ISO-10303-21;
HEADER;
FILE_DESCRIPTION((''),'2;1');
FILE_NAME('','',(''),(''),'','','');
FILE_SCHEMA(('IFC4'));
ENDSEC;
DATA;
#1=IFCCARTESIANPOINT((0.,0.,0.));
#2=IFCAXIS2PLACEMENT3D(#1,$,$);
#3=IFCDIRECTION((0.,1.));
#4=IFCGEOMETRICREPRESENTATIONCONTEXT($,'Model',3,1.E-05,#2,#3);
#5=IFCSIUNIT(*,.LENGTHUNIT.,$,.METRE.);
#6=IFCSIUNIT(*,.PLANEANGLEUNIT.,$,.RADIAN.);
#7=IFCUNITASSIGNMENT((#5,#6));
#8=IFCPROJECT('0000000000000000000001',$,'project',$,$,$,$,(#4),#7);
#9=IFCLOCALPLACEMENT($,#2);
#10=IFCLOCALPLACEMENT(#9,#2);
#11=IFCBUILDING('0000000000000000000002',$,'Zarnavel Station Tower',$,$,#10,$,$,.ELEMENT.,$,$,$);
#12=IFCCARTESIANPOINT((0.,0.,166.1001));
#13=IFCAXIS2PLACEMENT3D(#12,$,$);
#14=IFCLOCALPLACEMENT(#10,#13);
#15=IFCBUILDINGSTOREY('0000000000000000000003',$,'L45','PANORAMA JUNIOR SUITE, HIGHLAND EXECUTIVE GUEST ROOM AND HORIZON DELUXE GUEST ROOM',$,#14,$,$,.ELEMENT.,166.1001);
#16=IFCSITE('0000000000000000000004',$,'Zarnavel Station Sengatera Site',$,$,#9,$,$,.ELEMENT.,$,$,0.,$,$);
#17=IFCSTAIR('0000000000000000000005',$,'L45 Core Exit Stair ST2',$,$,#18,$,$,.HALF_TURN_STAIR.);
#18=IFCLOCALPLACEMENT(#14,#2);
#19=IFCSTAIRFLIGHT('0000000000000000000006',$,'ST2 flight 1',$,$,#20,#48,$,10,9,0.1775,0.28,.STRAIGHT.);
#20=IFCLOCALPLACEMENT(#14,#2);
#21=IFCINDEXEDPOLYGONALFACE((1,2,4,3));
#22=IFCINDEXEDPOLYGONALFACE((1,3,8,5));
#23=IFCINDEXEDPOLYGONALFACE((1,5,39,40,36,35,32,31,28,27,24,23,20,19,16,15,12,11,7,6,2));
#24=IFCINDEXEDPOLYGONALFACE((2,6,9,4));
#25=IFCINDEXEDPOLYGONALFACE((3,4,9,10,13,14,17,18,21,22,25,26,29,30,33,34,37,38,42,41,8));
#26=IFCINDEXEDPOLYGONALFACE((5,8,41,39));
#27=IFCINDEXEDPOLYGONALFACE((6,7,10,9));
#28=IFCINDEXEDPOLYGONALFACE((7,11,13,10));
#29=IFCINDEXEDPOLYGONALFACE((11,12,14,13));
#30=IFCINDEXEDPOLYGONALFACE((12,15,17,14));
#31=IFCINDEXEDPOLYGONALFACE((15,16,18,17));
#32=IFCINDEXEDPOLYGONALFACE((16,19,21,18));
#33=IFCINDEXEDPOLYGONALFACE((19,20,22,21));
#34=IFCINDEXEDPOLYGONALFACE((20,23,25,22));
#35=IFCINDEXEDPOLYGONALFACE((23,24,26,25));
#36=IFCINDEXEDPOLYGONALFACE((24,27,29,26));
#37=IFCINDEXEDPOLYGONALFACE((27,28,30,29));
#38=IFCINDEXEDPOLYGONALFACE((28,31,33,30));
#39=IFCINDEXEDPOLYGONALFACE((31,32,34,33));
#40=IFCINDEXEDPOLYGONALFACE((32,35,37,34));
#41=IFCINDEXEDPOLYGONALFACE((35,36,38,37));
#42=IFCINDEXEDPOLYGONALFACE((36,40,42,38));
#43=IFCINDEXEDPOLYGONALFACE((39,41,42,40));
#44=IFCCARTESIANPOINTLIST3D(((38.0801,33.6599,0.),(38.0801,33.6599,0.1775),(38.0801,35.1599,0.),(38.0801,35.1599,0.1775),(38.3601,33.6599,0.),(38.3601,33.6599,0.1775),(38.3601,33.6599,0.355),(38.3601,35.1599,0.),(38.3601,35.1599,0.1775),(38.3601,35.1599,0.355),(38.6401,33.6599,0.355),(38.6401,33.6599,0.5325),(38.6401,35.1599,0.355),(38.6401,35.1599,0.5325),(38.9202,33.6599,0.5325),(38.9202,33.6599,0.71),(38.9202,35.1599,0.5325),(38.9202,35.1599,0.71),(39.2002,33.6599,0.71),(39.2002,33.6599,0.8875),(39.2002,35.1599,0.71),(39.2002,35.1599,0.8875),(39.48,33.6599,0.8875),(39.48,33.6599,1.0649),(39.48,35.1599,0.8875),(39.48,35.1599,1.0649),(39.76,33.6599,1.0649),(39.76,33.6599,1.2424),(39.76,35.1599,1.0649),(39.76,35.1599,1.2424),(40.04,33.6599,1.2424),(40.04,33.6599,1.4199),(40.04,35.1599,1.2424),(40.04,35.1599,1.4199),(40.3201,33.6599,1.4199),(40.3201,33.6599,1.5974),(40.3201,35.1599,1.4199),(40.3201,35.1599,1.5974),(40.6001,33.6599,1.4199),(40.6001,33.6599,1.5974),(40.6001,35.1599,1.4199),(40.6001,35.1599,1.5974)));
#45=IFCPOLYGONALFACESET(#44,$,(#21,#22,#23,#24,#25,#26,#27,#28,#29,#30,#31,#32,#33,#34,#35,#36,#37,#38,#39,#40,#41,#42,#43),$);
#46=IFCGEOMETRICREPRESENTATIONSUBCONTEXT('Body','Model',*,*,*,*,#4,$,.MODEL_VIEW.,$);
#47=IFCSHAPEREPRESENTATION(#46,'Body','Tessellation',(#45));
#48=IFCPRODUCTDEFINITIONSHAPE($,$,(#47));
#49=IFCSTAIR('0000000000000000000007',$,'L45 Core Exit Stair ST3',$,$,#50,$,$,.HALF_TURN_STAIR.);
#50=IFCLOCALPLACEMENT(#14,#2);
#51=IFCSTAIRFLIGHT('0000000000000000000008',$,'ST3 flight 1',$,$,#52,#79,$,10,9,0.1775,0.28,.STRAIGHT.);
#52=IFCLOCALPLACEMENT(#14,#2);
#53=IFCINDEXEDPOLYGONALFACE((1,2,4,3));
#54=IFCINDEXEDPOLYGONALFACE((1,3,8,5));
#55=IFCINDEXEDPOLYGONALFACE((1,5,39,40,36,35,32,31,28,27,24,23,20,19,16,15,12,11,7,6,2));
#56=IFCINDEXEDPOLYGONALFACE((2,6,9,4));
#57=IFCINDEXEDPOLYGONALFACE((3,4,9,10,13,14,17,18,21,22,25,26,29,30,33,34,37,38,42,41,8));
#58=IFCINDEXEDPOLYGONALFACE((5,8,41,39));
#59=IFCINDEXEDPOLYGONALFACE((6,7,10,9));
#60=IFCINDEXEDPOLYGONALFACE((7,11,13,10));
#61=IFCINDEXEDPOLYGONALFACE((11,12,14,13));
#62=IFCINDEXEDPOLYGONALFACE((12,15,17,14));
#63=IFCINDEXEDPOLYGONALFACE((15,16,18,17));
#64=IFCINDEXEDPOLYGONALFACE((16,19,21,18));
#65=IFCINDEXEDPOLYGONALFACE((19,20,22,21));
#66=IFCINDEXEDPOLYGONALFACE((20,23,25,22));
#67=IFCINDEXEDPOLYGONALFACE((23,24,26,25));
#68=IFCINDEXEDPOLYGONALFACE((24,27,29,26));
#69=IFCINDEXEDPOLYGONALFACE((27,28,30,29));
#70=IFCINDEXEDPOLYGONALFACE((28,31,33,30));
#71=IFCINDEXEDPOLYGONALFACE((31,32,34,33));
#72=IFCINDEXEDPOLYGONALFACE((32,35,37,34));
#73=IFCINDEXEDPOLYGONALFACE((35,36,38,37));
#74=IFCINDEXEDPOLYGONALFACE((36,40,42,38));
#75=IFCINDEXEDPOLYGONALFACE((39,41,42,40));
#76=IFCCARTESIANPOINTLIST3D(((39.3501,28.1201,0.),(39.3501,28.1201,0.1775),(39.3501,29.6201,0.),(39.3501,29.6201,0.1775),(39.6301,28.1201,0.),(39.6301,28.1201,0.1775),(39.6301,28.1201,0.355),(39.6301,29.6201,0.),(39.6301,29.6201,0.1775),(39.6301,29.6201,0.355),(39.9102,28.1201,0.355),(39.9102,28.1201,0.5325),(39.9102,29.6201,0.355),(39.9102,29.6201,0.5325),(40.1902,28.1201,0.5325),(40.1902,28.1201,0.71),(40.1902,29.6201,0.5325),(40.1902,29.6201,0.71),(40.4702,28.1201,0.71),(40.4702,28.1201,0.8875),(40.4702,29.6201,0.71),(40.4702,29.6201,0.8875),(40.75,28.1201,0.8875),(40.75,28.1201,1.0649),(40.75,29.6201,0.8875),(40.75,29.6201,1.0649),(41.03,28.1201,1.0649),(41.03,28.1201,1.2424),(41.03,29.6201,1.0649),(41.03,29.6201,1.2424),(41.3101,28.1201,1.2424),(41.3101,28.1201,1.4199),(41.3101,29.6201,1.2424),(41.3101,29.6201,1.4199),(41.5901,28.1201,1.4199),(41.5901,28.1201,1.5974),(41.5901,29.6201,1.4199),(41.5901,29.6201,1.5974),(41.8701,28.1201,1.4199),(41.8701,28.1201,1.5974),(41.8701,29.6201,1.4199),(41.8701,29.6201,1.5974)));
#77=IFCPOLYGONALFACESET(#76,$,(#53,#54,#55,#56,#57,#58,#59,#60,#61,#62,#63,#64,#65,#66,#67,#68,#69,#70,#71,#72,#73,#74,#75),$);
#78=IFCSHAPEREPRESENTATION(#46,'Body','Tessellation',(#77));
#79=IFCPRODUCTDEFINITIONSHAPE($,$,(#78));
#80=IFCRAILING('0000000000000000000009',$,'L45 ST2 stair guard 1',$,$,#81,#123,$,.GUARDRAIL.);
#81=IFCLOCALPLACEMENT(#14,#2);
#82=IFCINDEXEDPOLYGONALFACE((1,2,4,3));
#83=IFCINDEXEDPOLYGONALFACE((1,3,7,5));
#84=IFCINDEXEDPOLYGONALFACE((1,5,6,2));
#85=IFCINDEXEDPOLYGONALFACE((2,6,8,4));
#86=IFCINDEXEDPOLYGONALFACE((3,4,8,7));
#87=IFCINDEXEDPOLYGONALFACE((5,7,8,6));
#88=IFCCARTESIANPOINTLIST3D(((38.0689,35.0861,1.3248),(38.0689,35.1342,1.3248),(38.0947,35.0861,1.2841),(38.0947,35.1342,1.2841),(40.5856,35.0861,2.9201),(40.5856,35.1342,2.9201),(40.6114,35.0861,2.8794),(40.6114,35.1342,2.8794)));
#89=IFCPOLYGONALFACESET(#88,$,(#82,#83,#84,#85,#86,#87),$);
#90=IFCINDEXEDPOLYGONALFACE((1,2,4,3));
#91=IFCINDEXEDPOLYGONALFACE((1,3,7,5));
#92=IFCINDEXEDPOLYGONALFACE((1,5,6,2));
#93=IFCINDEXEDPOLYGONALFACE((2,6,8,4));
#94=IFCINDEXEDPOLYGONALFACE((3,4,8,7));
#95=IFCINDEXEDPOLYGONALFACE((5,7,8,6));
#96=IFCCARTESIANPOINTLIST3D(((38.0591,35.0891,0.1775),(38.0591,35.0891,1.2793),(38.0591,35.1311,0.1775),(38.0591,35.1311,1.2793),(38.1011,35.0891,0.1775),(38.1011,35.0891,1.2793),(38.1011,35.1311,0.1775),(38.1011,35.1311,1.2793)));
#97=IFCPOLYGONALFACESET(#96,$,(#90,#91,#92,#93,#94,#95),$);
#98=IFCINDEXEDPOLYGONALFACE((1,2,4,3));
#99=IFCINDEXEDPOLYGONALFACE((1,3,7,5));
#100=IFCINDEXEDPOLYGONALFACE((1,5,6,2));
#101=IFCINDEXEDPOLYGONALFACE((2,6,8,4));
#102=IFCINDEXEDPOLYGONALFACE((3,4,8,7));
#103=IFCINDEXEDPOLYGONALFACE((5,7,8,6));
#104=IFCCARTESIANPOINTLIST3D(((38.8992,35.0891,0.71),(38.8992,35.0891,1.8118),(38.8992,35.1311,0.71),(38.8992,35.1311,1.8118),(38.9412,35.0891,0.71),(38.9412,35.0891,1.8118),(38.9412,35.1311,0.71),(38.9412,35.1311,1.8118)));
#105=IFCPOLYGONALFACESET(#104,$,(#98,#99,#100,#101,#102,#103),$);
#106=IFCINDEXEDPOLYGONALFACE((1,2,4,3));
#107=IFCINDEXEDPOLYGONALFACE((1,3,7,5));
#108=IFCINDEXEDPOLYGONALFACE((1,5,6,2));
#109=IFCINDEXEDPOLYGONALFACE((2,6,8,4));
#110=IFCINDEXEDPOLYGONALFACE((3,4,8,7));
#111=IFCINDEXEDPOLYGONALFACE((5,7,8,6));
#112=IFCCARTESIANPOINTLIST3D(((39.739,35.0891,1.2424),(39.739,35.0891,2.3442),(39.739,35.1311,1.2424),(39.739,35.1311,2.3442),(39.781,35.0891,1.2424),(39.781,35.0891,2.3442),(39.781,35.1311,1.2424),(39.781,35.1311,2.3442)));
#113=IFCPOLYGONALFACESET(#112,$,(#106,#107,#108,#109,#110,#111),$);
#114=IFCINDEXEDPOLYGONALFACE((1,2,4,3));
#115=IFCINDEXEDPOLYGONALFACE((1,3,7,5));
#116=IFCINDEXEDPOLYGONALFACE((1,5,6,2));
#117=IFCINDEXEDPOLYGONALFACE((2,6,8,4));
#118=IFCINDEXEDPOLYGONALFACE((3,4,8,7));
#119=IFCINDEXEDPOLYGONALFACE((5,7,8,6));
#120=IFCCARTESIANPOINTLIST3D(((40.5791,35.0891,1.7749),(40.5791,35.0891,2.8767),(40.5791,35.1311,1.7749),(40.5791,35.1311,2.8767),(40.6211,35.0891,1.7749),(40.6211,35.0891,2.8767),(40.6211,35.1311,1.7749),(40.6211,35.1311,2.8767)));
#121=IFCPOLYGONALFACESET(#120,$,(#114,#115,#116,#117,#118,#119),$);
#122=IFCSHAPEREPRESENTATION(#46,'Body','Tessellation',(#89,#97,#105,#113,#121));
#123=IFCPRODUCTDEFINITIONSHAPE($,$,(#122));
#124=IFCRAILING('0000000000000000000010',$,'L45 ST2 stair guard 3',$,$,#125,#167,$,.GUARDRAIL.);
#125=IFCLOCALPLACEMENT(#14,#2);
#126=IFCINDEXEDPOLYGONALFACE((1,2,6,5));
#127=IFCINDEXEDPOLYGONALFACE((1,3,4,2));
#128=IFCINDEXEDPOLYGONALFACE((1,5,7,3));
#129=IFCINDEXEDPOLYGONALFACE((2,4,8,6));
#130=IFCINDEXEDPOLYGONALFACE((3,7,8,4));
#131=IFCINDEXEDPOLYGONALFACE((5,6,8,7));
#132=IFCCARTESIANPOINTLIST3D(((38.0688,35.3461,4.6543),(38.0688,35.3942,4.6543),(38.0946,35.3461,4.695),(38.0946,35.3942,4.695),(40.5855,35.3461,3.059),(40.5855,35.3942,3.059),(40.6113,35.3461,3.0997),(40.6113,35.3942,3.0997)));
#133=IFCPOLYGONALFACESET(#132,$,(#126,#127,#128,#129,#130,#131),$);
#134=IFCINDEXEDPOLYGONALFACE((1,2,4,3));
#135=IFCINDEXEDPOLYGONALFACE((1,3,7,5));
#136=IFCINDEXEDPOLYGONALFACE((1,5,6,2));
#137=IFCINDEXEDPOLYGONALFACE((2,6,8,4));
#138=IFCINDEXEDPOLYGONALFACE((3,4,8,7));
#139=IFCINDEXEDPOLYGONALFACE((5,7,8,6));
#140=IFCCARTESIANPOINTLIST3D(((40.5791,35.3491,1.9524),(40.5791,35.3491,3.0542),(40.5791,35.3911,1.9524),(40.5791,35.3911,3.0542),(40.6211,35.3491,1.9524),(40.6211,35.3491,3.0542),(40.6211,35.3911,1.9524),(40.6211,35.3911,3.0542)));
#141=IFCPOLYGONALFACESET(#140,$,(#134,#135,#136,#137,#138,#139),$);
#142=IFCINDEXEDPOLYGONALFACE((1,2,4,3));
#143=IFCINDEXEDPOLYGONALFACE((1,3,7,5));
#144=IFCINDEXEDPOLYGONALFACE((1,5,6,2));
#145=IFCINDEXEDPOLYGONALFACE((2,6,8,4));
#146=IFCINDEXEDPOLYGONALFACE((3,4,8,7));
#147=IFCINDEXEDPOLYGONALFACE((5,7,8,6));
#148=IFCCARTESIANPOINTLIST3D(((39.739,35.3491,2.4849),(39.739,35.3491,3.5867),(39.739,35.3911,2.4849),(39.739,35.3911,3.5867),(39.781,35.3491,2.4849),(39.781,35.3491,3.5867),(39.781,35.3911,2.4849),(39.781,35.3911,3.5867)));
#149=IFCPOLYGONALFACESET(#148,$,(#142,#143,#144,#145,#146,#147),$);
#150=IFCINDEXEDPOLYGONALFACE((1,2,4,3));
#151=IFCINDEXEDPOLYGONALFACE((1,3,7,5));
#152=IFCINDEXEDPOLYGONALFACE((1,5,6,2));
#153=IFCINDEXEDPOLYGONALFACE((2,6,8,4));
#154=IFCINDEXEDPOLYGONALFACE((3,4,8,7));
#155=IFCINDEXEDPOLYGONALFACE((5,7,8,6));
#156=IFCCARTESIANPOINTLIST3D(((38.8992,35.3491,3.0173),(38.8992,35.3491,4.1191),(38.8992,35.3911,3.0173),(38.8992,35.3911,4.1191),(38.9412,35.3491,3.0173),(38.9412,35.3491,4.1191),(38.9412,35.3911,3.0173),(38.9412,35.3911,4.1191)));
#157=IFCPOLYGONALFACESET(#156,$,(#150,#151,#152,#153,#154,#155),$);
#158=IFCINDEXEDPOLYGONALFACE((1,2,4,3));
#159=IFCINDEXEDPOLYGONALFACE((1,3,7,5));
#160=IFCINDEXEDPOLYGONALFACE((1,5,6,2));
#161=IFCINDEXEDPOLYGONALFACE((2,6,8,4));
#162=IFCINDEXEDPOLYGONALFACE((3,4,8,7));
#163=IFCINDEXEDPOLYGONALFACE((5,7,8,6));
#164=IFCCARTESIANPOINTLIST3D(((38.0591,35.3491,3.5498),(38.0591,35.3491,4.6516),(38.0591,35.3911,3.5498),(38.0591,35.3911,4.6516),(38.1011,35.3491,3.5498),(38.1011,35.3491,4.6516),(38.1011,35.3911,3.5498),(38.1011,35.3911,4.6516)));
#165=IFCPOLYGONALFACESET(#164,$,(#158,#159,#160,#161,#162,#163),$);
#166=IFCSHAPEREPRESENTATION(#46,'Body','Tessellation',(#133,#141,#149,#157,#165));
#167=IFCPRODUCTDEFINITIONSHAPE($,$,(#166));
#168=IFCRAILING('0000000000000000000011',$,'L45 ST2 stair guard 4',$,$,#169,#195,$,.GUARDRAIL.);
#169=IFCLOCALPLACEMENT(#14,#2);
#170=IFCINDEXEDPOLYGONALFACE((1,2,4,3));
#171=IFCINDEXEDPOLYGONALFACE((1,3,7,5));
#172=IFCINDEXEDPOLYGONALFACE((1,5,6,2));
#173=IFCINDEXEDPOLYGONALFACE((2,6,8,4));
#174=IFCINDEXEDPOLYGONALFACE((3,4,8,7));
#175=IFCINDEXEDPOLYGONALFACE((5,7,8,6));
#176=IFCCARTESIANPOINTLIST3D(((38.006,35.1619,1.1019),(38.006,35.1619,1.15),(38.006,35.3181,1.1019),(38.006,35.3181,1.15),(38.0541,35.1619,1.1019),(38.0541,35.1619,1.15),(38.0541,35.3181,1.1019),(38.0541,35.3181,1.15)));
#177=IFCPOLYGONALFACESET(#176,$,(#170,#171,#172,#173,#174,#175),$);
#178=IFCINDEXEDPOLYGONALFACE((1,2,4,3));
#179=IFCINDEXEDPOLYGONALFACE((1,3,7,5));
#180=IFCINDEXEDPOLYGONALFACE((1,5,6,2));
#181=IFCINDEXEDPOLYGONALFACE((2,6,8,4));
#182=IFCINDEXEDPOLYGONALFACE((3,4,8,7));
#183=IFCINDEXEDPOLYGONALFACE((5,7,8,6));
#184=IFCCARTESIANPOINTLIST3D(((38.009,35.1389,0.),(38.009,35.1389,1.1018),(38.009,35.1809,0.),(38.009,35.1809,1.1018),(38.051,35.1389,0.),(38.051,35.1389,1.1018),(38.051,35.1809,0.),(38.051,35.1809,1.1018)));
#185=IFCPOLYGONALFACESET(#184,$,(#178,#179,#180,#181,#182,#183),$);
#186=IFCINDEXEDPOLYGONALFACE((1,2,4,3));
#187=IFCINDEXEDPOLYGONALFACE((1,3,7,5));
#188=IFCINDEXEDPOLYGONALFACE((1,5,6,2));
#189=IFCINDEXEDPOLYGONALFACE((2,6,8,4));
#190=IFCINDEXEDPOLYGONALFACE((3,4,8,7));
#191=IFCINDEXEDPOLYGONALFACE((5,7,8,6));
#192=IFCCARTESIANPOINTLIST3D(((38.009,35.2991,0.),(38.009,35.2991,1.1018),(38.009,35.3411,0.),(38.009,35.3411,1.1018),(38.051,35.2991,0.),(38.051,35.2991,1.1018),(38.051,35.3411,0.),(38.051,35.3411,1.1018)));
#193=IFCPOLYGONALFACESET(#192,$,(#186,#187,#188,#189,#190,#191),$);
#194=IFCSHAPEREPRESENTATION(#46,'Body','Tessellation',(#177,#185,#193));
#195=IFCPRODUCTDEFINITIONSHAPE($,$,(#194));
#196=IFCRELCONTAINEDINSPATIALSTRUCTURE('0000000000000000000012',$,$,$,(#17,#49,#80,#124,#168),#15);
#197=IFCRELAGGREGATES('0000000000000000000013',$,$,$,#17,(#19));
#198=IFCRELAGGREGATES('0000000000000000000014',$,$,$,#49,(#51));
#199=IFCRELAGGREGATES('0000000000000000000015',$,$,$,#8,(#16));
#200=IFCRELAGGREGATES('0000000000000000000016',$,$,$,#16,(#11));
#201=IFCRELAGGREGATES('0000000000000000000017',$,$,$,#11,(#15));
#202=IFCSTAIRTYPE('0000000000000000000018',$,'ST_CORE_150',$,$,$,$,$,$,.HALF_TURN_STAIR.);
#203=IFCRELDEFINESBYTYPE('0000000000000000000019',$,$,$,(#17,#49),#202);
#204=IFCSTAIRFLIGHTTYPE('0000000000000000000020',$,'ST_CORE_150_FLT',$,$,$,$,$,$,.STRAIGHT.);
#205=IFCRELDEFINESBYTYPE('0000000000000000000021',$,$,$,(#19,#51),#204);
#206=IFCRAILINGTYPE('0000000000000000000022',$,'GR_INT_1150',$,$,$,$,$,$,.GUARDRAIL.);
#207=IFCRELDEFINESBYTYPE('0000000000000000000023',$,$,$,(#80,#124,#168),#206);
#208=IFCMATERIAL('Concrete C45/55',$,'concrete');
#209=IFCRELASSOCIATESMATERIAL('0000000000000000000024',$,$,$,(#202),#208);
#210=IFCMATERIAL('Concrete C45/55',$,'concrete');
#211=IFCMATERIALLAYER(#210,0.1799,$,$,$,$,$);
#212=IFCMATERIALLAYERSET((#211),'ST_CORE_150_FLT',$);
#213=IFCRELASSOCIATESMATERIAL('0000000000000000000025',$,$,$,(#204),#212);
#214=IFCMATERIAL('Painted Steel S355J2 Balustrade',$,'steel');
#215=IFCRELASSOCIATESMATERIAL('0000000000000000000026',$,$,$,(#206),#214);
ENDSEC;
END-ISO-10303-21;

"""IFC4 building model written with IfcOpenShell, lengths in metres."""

from ifc_helpers import new_model, si_unit, direction, frame, origin, origin_2d, place, context, subcontext, project, spatial, polyline, rectangle, outline, extrude, material, layer, layer_set, type_object, element, aggregate, save


model = new_model("IFC4")

# Units and contexts
model_context = context("Model", 3, precision=1e-05, world=origin(), true_north=direction((0.0, 1.0)))
body_context = subcontext(model_context, "Body", "Model", "MODEL_VIEW")
ifc_project = project(units=[si_unit("LENGTHUNIT", "METRE"), si_unit("PLANEANGLEUNIT", "RADIAN")], contexts=[model_context])

# Site, building, storey
site_placement = place(None, origin())
site = spatial("IfcSite", under=ifc_project, at=site_placement, Name="Zarnavel Station Sengatera Site", CompositionType="ELEMENT", RefElevation=0.0)
building_placement = place(site_placement, origin())
building = spatial("IfcBuilding", under=site, at=building_placement, Name="Zarnavel Station Tower", CompositionType="ELEMENT")
storey_placement = place(building_placement, frame((0.0, 0.0, 166.1001)))
storey = spatial("IfcBuildingStorey", under=building, at=storey_placement, Name="L45", Description="PANORAMA JUNIOR SUITE, HIGHLAND EXECUTIVE GUEST ROOM AND HORIZON DELUXE GUEST ROOM", CompositionType="ELEMENT", Elevation=166.1001)

# Stairs, stair flights
ifc_material_1 = material(Name="Concrete C45/55", Category="concrete")
stair_type = type_object("IfcStairType", Name="ST_CORE_150", PredefinedType="HALF_TURN_STAIR", material=ifc_material_1)
stair_1_placement = place(storey_placement, origin())
stair_1 = element("IfcStair", 1, at=stair_1_placement, inside=storey, type_object=stair_type, Name="L45 Core Exit Stair ST2", PredefinedType="HALF_TURN_STAIR")
ifc_material_2 = material(Name="Concrete C45/55", Category="concrete")
ifc_layer_1 = layer(ifc_material_2, 0.1799)
ifc_layer_set_1 = layer_set([ifc_layer_1], Name="ST_CORE_150_FLT")
stair_flight_type = type_object("IfcStairFlightType", Name="ST_CORE_150_FLT", PredefinedType="STRAIGHT", material=ifc_layer_set_1)
stair_flight_1_placement = place(storey_placement, frame((38.0801, 34.4099, 0.0), z_axis=(0.0, 0.0, 1.0), x_axis=(1.0, 0.0, 0.0)))
stair_flight_1 = element("IfcStairFlight", 2, at=stair_flight_1_placement, type_object=stair_flight_type, Name="ST2 flight 1", NumberOfRisers=10, NumberOfTreads=9, PredefinedType="STRAIGHT", RiserHeight=0.1775, TreadLength=0.28, context=body_context, shape_type="SweptSolid", body=[
    extrude(outline(polyline([(0.0, 0.0), (0.0, 0.1775), (0.28, 0.1775), (0.28, 0.355), (0.5601, 0.355), (0.5601, 0.5325), (0.8401, 0.5325), (0.8401, 0.71), (1.1201, 0.71), (1.1201, 0.8875), (1.3999, 0.8875), (1.3999, 1.0649), (1.6799, 1.0649), (1.6799, 1.2424), (1.96, 1.2424), (1.96, 1.4199), (2.24, 1.4199), (2.24, 1.5974), (2.52, 1.5974), (2.52, 1.7749), (2.52, 1.4199), (0.28, 0.0), (0.0, 0.0)])), frame((0.0, 0.75, 0.0), z_axis=(0.0, -1.0, 0.0), x_axis=(1.0, 0.0, 0.0)), (0.0, 0.0, 1.0), 1.5),
])
aggregate(stair_1, [stair_flight_1])
stair_2_placement = place(storey_placement, origin())
stair_2 = element("IfcStair", 3, at=stair_2_placement, inside=storey, type_object=stair_type, Name="L45 Core Exit Stair ST3", PredefinedType="HALF_TURN_STAIR")
stair_flight_2_placement = place(storey_placement, frame((39.3501, 28.8701, 0.0), z_axis=(0.0, 0.0, 1.0), x_axis=(1.0, 0.0, 0.0)))
stair_flight_2 = element("IfcStairFlight", 4, at=stair_flight_2_placement, type_object=stair_flight_type, Name="ST3 flight 1", NumberOfRisers=10, NumberOfTreads=9, PredefinedType="STRAIGHT", RiserHeight=0.1775, TreadLength=0.28, context=body_context, shape_type="SweptSolid", body=[
    extrude(outline(polyline([(0.0, 0.0), (0.0, 0.1775), (0.28, 0.1775), (0.28, 0.355), (0.5601, 0.355), (0.5601, 0.5325), (0.8401, 0.5325), (0.8401, 0.71), (1.1201, 0.71), (1.1201, 0.8875), (1.3999, 0.8875), (1.3999, 1.0649), (1.6799, 1.0649), (1.6799, 1.2424), (1.96, 1.2424), (1.96, 1.4199), (2.24, 1.4199), (2.24, 1.5974), (2.52, 1.5974), (2.52, 1.7749), (2.52, 1.4199), (0.28, 0.0), (0.0, 0.0)])), frame((0.0, 0.75, 0.0), z_axis=(0.0, -1.0, 0.0), x_axis=(1.0, 0.0, 0.0)), (0.0, 0.0, 1.0), 1.5),
])
aggregate(stair_2, [stair_flight_2])

# Railings
ifc_material_3 = material(Name="Painted Steel S355J2 Balustrade", Category="steel")
railing_type_1 = type_object("IfcRailingType", Name="GR_INT_1150", PredefinedType="GUARDRAIL", material=ifc_material_3)
railing_1_placement = place(storey_placement, frame((38.0801, 35.1101, 0.1775)))
element("IfcRailing", 5, at=railing_1_placement, inside=storey, type_object=railing_type_1, Name="L45 ST2 stair guard 1", PredefinedType="GUARDRAIL", context=body_context, shape_type="SweptSolid", body=[
    extrude(rectangle(XDim=0.0481, YDim=0.0481, at=origin_2d()), frame((0.0017, 0.0, 1.127), z_axis=(0.844607, 0.0, 0.535387), x_axis=(0.0, 1.0, 0.0)), (0.0, 0.0, 1.0), 2.9797),
    extrude(rectangle(XDim=0.042, YDim=0.042, at=origin_2d()), origin(), (0.0, 0.0, 1.0), 1.1018),
    extrude(rectangle(XDim=0.042, YDim=0.042, at=origin_2d()), frame((0.8401, 0.0, 0.5325)), (0.0, 0.0, 1.0), 1.1018),
    extrude(rectangle(XDim=0.042, YDim=0.042, at=origin_2d()), frame((1.6799, 0.0, 1.0649)), (0.0, 0.0, 1.0), 1.1018),
    extrude(rectangle(XDim=0.042, YDim=0.042, at=origin_2d()), frame((2.52, 0.0, 1.5974)), (0.0, 0.0, 1.0), 1.1018),
])
railing_2_placement = place(storey_placement, frame((40.6001, 35.3701, 1.9524)))
element("IfcRailing", 6, at=railing_2_placement, inside=storey, type_object=railing_type_1, Name="L45 ST2 stair guard 3", PredefinedType="GUARDRAIL", context=body_context, shape_type="SweptSolid", body=[
    extrude(rectangle(XDim=0.0481, YDim=0.0481, at=origin_2d()), frame((-0.0017, 0.0, 1.127), z_axis=(-0.844607, 0.0, 0.535387), x_axis=(0.0, -1.0, 0.0)), (0.0, 0.0, 1.0), 2.9797),
    extrude(rectangle(XDim=0.042, YDim=0.042, at=origin_2d()), origin(), (0.0, 0.0, 1.0), 1.1018),
    extrude(rectangle(XDim=0.042, YDim=0.042, at=origin_2d()), frame((-0.8401, 0.0, 0.5325)), (0.0, 0.0, 1.0), 1.1018),
    extrude(rectangle(XDim=0.042, YDim=0.042, at=origin_2d()), frame((-1.6799, 0.0, 1.0649)), (0.0, 0.0, 1.0), 1.1018),
    extrude(rectangle(XDim=0.042, YDim=0.042, at=origin_2d()), frame((-2.52, 0.0, 1.5974)), (0.0, 0.0, 1.0), 1.1018),
])
railing_3_placement = place(storey_placement, frame((38.03, 35.1599, 0.0)))
element("IfcRailing", 7, at=railing_3_placement, inside=storey, type_object=railing_type_1, Name="L45 ST2 stair guard 4", PredefinedType="GUARDRAIL", context=body_context, shape_type="SweptSolid", body=[
    extrude(rectangle(XDim=0.0481, YDim=0.0481, at=origin_2d()), frame((0.0, 0.002, 1.126), z_axis=(0.0, 1.0, 0.0), x_axis=(-1.0, 0.0, 0.0)), (0.0, 0.0, 1.0), 0.1562),
    extrude(rectangle(XDim=0.042, YDim=0.042, at=origin_2d()), origin(), (0.0, 0.0, 1.0), 1.1018),
    extrude(rectangle(XDim=0.042, YDim=0.042, at=origin_2d()), frame((0.0, 0.1602, 0.0)), (0.0, 0.0, 1.0), 1.1018),
])

save(model, "model.ifc")
